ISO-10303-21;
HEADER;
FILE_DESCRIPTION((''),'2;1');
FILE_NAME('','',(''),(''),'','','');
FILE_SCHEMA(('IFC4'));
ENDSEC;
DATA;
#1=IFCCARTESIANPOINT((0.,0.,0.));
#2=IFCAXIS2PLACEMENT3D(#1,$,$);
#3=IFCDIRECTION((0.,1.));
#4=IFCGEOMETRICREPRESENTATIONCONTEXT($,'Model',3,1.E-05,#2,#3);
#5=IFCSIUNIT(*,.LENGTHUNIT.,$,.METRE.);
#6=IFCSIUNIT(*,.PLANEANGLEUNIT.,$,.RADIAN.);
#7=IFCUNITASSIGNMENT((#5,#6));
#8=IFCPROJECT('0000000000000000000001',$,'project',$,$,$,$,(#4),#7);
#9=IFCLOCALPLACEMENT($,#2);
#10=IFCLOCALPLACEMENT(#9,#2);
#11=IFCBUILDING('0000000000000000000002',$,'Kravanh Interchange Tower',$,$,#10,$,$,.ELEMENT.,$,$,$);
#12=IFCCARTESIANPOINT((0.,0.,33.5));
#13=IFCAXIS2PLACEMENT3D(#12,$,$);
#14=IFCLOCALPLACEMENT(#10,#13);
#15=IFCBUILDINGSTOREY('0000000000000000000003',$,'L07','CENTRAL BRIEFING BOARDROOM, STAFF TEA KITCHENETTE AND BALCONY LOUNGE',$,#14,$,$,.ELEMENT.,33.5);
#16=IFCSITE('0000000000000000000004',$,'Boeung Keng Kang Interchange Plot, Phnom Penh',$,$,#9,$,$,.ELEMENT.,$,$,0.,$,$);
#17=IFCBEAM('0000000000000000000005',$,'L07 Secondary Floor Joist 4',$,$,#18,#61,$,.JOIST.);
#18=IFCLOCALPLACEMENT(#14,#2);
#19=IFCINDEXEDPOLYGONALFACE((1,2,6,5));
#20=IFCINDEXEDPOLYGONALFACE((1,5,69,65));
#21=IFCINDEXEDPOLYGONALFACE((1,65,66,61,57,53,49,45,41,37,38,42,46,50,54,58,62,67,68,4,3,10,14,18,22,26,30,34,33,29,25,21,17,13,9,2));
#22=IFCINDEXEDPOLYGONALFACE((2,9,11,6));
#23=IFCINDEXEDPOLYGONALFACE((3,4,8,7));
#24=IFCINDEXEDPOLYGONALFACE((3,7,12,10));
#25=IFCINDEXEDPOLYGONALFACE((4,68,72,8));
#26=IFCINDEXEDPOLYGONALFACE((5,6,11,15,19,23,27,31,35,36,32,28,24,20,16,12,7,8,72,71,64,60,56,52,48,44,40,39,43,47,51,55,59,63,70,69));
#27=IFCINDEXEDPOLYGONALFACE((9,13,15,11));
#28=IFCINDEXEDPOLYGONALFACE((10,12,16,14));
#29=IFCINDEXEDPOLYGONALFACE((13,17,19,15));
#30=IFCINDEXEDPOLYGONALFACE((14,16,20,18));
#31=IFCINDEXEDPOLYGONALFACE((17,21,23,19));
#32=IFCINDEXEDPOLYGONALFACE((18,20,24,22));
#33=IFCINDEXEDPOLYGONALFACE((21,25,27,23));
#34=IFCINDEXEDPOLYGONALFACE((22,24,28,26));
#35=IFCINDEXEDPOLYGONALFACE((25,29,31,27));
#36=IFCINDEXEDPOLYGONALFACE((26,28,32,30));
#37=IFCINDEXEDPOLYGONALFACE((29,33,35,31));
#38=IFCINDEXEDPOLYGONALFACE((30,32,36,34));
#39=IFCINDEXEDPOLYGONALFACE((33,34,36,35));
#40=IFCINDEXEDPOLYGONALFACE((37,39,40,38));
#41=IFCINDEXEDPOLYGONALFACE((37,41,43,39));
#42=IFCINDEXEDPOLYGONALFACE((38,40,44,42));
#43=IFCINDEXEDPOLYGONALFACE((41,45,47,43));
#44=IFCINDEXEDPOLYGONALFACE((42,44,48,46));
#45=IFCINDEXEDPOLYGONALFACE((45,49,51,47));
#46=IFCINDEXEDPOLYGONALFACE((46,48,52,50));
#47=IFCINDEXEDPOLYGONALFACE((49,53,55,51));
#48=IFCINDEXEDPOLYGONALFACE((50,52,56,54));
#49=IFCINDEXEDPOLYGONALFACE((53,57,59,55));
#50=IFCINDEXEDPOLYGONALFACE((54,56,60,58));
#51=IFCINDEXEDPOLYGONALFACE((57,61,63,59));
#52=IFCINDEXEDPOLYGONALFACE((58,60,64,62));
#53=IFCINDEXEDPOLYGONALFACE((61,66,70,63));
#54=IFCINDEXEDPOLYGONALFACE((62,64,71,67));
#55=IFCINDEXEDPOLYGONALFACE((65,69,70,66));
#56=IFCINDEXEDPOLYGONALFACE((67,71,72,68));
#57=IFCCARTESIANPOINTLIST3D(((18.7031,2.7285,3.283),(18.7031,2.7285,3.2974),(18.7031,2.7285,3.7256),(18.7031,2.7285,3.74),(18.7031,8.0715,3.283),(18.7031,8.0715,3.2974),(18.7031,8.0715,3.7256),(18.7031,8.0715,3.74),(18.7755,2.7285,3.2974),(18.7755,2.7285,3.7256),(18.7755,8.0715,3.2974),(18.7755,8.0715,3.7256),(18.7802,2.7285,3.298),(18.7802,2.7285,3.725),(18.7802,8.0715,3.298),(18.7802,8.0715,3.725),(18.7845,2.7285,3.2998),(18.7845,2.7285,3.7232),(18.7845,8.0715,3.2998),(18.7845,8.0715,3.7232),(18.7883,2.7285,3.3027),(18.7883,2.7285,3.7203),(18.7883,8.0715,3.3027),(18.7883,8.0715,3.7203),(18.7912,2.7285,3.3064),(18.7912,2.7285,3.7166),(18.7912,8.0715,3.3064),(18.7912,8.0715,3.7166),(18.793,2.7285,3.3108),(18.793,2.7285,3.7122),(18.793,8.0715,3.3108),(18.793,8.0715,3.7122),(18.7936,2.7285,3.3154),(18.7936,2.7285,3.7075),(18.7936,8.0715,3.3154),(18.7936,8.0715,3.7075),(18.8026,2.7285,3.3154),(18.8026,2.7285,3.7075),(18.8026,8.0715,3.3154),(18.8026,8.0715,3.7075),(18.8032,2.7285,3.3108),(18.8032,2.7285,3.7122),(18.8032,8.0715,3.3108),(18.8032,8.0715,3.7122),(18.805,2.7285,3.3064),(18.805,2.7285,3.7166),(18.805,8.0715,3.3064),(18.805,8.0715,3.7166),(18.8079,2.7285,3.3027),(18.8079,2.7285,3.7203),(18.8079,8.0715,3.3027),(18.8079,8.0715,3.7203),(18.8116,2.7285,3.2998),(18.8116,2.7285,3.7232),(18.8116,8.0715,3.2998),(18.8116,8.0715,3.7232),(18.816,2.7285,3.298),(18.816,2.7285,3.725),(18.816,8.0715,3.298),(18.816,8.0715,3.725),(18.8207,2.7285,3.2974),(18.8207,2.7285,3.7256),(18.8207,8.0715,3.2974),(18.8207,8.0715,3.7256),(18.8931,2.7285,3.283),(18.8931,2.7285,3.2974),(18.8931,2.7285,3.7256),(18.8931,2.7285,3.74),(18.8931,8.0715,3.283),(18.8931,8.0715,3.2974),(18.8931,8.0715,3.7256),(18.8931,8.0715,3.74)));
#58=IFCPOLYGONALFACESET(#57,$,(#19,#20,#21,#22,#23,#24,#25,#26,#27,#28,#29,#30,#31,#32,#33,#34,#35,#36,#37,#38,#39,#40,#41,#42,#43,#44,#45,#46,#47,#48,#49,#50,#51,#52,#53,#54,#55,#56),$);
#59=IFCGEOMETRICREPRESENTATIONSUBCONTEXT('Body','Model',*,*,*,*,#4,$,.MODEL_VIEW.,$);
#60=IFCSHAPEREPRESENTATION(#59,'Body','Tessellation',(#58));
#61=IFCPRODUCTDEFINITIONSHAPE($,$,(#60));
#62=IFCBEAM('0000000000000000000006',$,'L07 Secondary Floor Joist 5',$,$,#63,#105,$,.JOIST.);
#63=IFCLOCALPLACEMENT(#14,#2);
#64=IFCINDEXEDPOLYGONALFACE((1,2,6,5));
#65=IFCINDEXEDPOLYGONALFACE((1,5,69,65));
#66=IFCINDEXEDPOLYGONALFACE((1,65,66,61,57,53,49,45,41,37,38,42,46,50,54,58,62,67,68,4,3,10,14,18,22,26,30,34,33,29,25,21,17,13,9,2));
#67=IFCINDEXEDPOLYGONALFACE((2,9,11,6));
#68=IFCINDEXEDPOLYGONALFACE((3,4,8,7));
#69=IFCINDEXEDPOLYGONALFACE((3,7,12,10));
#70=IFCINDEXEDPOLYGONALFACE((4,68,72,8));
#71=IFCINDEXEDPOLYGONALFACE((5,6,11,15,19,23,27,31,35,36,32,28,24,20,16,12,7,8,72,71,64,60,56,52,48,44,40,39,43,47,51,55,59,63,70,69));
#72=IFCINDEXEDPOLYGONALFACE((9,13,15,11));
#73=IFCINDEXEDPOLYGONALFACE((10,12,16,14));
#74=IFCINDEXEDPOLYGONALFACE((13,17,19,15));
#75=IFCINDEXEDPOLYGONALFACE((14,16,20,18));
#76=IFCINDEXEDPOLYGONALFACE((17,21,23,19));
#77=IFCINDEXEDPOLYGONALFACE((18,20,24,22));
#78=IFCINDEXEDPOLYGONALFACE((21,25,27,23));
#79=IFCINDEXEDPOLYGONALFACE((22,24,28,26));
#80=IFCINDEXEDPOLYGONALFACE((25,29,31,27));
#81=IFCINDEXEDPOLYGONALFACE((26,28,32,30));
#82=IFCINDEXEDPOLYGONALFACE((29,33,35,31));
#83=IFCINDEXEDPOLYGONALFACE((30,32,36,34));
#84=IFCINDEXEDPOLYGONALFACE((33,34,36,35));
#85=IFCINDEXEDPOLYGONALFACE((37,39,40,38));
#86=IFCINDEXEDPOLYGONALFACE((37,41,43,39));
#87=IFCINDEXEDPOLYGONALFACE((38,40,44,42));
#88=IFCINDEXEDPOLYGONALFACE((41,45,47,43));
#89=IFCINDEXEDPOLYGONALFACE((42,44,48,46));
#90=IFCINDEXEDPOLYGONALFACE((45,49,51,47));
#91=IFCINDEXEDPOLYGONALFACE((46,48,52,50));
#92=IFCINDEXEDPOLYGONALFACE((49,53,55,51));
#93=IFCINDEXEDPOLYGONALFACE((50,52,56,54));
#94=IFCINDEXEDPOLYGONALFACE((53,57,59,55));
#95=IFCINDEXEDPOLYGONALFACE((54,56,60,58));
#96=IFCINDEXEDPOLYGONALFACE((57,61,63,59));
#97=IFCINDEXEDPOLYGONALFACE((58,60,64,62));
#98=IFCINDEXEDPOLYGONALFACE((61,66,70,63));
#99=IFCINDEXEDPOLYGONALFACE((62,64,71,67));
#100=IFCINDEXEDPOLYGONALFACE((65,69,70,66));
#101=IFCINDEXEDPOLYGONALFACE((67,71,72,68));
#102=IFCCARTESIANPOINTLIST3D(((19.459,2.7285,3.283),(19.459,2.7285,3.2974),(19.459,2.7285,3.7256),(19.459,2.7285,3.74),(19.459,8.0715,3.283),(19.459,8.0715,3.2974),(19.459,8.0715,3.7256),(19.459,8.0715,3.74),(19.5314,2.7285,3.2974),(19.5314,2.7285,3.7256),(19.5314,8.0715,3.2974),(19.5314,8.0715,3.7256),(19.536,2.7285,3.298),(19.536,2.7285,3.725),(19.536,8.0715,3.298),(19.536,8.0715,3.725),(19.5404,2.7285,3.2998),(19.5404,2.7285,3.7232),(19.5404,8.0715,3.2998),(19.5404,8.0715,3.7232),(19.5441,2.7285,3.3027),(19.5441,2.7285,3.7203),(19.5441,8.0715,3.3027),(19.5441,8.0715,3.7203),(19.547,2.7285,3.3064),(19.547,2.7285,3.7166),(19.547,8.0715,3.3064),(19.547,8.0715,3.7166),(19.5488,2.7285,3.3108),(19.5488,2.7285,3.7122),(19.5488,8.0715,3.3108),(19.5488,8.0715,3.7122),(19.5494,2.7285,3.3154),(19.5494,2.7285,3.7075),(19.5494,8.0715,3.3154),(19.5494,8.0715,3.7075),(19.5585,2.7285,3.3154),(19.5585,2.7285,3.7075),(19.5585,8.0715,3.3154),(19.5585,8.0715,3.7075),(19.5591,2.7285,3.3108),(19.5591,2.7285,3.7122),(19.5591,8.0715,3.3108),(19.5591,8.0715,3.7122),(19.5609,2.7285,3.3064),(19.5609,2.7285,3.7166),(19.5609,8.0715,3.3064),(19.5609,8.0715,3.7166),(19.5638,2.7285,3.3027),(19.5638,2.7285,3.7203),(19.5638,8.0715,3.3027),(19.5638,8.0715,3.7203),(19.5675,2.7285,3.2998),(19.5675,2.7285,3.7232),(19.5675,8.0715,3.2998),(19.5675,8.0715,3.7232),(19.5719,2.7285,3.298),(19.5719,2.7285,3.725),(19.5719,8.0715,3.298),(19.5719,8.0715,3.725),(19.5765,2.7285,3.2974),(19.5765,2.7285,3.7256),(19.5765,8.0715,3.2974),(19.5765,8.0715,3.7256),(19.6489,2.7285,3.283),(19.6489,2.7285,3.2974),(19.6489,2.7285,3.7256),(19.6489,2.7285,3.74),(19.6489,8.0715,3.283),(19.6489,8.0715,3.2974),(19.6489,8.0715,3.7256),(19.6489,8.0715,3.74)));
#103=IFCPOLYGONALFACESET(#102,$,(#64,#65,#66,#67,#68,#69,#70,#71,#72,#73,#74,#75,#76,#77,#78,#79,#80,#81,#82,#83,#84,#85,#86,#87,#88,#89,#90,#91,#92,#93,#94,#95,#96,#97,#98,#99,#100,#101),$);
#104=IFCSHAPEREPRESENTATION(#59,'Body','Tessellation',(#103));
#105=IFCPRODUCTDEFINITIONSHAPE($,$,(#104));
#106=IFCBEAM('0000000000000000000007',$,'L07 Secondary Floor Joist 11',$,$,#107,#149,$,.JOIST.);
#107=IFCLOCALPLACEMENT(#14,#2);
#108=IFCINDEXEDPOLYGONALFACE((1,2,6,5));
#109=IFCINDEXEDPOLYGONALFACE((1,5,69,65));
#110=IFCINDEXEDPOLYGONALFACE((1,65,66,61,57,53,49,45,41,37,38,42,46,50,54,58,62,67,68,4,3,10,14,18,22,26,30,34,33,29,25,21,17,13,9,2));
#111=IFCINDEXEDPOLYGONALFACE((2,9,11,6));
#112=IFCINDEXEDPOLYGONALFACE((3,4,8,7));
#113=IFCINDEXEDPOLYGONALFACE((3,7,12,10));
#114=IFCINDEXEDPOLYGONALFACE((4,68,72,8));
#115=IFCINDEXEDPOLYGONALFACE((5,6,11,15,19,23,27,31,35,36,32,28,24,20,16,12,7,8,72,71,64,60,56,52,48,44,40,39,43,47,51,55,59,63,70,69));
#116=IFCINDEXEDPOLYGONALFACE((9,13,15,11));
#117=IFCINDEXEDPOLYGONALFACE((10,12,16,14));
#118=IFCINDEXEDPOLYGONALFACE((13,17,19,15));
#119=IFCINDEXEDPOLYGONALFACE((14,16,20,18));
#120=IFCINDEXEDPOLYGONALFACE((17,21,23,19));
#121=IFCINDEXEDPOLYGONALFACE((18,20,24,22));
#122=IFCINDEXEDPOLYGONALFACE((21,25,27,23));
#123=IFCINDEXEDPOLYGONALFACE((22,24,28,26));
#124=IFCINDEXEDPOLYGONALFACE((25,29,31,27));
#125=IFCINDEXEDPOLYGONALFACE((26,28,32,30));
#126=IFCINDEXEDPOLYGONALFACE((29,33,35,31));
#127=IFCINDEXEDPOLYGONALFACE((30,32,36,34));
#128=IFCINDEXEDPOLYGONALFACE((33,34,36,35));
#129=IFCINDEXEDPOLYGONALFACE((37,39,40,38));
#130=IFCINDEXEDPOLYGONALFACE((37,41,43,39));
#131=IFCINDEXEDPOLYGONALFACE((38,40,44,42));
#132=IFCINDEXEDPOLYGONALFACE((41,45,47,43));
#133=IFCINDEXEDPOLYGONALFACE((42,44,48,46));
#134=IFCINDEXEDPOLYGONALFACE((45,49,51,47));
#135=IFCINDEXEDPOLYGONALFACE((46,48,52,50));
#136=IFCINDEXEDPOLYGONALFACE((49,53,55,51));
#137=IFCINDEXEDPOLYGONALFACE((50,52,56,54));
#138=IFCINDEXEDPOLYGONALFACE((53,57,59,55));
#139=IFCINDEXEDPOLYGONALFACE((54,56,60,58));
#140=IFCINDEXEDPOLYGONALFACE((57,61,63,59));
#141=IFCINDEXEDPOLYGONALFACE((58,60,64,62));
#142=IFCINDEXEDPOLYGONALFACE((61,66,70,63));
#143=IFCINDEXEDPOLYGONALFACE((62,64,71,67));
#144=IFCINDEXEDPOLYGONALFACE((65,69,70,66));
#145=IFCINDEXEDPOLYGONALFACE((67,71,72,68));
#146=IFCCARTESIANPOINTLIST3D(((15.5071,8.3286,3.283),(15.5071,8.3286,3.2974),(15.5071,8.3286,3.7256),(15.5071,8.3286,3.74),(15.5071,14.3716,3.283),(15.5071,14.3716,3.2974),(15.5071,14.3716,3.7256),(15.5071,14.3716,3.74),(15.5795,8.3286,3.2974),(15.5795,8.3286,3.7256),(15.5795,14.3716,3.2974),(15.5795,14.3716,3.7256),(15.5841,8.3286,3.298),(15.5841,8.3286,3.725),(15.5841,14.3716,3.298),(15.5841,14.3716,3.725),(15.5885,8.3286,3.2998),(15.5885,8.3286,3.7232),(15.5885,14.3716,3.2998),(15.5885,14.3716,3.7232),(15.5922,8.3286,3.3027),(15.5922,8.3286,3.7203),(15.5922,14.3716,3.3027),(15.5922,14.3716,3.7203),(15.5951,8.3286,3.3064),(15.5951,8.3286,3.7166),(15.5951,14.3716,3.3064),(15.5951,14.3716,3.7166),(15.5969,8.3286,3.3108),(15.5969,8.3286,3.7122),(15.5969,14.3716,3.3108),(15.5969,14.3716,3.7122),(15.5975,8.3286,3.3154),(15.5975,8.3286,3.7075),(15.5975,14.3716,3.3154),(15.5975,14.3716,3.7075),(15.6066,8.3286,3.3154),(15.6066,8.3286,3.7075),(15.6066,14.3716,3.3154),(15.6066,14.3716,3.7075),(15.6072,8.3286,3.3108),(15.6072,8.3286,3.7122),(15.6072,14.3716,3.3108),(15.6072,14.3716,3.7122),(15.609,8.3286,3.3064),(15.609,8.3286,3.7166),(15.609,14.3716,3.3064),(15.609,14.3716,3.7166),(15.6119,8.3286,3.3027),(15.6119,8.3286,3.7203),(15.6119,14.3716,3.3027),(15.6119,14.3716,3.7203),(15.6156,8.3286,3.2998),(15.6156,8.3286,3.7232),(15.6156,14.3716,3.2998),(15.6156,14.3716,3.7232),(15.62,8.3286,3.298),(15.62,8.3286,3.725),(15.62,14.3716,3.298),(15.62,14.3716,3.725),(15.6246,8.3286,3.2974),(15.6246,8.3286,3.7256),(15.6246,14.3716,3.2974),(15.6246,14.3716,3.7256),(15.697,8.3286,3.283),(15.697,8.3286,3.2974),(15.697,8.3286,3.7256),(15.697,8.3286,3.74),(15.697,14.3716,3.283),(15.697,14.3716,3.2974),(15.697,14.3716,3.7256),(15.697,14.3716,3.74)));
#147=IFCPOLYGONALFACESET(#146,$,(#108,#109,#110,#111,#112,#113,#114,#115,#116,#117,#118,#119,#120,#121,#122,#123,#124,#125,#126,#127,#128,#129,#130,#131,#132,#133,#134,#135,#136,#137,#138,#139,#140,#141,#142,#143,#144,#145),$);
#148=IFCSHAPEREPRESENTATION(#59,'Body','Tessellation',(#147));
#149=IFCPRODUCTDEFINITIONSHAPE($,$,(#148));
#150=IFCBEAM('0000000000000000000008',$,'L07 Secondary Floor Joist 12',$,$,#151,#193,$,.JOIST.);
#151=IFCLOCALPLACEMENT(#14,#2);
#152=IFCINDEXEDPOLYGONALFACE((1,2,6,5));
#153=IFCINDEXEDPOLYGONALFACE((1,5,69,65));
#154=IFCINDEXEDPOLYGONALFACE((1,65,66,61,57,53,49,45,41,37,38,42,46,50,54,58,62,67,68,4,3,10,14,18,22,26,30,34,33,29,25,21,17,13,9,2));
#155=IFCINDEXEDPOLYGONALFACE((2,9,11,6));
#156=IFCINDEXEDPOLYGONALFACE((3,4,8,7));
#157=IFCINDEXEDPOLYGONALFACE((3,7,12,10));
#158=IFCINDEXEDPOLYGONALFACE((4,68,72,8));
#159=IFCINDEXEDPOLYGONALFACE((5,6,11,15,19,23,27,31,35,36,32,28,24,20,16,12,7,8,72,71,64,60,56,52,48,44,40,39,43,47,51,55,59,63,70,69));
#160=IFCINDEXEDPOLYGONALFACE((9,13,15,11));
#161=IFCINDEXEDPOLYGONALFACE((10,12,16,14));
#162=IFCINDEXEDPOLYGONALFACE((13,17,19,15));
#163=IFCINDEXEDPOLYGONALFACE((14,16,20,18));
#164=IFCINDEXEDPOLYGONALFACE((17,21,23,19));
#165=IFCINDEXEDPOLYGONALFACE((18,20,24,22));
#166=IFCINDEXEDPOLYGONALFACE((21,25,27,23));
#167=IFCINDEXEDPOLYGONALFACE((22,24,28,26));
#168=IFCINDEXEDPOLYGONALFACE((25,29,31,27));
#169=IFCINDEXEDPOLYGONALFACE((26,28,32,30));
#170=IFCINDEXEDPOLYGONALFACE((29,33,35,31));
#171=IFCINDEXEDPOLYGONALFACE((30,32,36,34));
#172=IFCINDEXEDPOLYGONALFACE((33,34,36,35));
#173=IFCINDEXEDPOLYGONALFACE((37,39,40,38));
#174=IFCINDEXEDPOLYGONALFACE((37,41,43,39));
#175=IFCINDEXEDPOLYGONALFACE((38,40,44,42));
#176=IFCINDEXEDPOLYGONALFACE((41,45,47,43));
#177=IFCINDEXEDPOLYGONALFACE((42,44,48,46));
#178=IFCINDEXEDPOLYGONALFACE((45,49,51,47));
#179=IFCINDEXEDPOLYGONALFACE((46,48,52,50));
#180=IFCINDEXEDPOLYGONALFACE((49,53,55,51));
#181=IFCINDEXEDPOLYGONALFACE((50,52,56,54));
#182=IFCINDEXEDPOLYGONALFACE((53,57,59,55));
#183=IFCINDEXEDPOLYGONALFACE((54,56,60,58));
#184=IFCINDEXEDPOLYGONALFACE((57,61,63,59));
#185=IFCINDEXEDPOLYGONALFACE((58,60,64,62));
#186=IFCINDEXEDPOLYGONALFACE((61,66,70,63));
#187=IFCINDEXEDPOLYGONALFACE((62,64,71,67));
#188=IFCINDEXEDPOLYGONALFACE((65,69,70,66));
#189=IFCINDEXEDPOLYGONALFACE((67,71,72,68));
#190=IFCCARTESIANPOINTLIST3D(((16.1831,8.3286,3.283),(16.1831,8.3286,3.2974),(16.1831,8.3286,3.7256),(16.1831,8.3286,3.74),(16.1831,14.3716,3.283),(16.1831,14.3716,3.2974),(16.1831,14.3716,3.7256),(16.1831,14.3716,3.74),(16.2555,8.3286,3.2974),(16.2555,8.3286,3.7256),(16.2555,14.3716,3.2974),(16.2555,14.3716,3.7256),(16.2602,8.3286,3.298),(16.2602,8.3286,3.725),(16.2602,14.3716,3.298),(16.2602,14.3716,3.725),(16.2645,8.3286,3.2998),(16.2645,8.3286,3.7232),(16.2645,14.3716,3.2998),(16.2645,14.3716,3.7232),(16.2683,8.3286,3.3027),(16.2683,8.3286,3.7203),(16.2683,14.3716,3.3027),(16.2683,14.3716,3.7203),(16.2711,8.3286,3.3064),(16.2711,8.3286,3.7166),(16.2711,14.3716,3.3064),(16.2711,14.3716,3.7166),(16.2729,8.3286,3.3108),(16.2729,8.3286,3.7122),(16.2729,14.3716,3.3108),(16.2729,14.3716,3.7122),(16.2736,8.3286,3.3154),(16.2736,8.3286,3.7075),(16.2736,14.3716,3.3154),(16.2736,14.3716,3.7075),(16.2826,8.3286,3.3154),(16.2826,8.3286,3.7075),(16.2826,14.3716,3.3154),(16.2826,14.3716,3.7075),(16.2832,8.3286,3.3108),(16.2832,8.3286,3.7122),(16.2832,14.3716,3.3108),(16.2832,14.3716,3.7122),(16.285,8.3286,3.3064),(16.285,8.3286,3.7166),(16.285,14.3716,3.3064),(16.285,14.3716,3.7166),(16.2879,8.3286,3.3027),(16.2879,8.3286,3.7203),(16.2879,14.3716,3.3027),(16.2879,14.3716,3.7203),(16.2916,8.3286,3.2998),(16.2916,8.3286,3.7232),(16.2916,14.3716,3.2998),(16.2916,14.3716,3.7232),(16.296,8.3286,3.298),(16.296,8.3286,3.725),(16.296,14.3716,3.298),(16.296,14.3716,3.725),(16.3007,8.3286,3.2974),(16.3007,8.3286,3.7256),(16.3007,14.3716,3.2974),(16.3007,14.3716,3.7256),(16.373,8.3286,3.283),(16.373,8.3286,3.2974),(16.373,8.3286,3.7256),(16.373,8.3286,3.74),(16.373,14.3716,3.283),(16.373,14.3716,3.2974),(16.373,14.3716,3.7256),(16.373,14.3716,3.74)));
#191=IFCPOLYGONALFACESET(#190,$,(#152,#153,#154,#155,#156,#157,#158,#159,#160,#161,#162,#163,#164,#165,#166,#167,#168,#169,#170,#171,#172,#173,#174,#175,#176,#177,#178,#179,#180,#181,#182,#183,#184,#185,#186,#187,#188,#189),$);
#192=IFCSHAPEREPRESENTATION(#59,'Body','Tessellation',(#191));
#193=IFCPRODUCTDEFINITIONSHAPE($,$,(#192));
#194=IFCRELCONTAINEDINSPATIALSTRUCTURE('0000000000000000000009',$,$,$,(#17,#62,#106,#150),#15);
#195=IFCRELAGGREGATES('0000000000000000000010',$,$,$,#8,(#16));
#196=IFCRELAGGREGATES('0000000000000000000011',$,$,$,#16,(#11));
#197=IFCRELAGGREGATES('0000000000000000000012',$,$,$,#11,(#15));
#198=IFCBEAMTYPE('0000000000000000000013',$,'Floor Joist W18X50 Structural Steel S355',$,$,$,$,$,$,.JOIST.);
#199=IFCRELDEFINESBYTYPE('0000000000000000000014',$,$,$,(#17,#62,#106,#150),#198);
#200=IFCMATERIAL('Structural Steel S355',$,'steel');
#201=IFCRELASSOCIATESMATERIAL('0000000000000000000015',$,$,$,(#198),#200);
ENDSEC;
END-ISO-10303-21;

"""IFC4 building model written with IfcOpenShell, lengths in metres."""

from ifc_helpers import new_model, si_unit, direction, frame, origin, origin_2d, place, context, subcontext, project, spatial, i_section, extrude, material, material_profile, profile_set, type_object, element, save


model = new_model("IFC4")

# Units and contexts
model_context = context("Model", 3, precision=1e-05, world=origin(), true_north=direction((0.0, 1.0)))
body_context = subcontext(model_context, "Body", "Model", "MODEL_VIEW")
ifc_project = project(units=[si_unit("LENGTHUNIT", "METRE"), si_unit("PLANEANGLEUNIT", "RADIAN")], contexts=[model_context])

# Site, building, storey
site_placement = place(None, origin())
site = spatial("IfcSite", under=ifc_project, at=site_placement, Name="Boeung Keng Kang Interchange Plot, Phnom Penh", CompositionType="ELEMENT", RefElevation=0.0)
building_placement = place(site_placement, origin())
building = spatial("IfcBuilding", under=site, at=building_placement, Name="Kravanh Interchange Tower", CompositionType="ELEMENT")
storey_placement = place(building_placement, frame((0.0, 0.0, 33.5)))
storey = spatial("IfcBuildingStorey", under=building, at=storey_placement, Name="L07", Description="CENTRAL BRIEFING BOARDROOM, STAFF TEA KITCHENETTE AND BALCONY LOUNGE", CompositionType="ELEMENT", Elevation=33.5)

# Beams
ifc_material_1 = material(Name="Structural Steel S355", Category="steel")
ifc_material_profile_1 = material_profile(ifc_material_1, i_section(OverallWidth=0.1899, OverallDepth=0.457, WebThickness=0.009, FlangeThickness=0.0144, FilletRadius=0.0181, at=origin_2d()), Name="W18X50")
ifc_profile_set_1 = profile_set([ifc_material_profile_1], Name="Structural Steel S355")
beam_type_1 = type_object("IfcBeamType", Name="Floor Joist W18X50 Structural Steel S355", PredefinedType="JOIST", material=ifc_profile_set_1)
for number, where, z_axis, x_axis, name in (
    (1, (18.7981, 2.7285, 3.5115), (0.0, 1.0, 0.0), (-1.0, 0.0, 0.0), "L07 Secondary Floor Joist 4"),
    (2, (19.554, 2.7285, 3.5115), (0.0, 1.0, 0.0), (-1.0, 0.0, 0.0), "L07 Secondary Floor Joist 5"),
):
    element("IfcBeam", number, at=place(storey_placement, frame(where, z_axis=z_axis, x_axis=x_axis)), inside=storey, type_object=beam_type_1, Name=name, PredefinedType="JOIST", context=body_context, shape_type="SweptSolid", body=[
        extrude(i_section(OverallWidth=0.1899, OverallDepth=0.457, WebThickness=0.009, FlangeThickness=0.0144, FilletRadius=0.0181, at=origin_2d()), origin(), (0.0, 0.0, 1.0), 5.343),
    ])
for number, where, z_axis, x_axis, name in (
    (3, (15.6021, 8.3286, 3.5115), (0.0, 1.0, 0.0), (-1.0, 0.0, 0.0), "L07 Secondary Floor Joist 11"),
    (4, (16.2781, 8.3286, 3.5115), (0.0, 1.0, 0.0), (-1.0, 0.0, 0.0), "L07 Secondary Floor Joist 12"),
):
    element("IfcBeam", number, at=place(storey_placement, frame(where, z_axis=z_axis, x_axis=x_axis)), inside=storey, type_object=beam_type_1, Name=name, PredefinedType="JOIST", context=body_context, shape_type="SweptSolid", body=[
        extrude(i_section(OverallWidth=0.1899, OverallDepth=0.457, WebThickness=0.009, FlangeThickness=0.0144, FilletRadius=0.0181, at=origin_2d()), origin(), (0.0, 0.0, 1.0), 6.043),
    ])

save(model, "model.ifc")
